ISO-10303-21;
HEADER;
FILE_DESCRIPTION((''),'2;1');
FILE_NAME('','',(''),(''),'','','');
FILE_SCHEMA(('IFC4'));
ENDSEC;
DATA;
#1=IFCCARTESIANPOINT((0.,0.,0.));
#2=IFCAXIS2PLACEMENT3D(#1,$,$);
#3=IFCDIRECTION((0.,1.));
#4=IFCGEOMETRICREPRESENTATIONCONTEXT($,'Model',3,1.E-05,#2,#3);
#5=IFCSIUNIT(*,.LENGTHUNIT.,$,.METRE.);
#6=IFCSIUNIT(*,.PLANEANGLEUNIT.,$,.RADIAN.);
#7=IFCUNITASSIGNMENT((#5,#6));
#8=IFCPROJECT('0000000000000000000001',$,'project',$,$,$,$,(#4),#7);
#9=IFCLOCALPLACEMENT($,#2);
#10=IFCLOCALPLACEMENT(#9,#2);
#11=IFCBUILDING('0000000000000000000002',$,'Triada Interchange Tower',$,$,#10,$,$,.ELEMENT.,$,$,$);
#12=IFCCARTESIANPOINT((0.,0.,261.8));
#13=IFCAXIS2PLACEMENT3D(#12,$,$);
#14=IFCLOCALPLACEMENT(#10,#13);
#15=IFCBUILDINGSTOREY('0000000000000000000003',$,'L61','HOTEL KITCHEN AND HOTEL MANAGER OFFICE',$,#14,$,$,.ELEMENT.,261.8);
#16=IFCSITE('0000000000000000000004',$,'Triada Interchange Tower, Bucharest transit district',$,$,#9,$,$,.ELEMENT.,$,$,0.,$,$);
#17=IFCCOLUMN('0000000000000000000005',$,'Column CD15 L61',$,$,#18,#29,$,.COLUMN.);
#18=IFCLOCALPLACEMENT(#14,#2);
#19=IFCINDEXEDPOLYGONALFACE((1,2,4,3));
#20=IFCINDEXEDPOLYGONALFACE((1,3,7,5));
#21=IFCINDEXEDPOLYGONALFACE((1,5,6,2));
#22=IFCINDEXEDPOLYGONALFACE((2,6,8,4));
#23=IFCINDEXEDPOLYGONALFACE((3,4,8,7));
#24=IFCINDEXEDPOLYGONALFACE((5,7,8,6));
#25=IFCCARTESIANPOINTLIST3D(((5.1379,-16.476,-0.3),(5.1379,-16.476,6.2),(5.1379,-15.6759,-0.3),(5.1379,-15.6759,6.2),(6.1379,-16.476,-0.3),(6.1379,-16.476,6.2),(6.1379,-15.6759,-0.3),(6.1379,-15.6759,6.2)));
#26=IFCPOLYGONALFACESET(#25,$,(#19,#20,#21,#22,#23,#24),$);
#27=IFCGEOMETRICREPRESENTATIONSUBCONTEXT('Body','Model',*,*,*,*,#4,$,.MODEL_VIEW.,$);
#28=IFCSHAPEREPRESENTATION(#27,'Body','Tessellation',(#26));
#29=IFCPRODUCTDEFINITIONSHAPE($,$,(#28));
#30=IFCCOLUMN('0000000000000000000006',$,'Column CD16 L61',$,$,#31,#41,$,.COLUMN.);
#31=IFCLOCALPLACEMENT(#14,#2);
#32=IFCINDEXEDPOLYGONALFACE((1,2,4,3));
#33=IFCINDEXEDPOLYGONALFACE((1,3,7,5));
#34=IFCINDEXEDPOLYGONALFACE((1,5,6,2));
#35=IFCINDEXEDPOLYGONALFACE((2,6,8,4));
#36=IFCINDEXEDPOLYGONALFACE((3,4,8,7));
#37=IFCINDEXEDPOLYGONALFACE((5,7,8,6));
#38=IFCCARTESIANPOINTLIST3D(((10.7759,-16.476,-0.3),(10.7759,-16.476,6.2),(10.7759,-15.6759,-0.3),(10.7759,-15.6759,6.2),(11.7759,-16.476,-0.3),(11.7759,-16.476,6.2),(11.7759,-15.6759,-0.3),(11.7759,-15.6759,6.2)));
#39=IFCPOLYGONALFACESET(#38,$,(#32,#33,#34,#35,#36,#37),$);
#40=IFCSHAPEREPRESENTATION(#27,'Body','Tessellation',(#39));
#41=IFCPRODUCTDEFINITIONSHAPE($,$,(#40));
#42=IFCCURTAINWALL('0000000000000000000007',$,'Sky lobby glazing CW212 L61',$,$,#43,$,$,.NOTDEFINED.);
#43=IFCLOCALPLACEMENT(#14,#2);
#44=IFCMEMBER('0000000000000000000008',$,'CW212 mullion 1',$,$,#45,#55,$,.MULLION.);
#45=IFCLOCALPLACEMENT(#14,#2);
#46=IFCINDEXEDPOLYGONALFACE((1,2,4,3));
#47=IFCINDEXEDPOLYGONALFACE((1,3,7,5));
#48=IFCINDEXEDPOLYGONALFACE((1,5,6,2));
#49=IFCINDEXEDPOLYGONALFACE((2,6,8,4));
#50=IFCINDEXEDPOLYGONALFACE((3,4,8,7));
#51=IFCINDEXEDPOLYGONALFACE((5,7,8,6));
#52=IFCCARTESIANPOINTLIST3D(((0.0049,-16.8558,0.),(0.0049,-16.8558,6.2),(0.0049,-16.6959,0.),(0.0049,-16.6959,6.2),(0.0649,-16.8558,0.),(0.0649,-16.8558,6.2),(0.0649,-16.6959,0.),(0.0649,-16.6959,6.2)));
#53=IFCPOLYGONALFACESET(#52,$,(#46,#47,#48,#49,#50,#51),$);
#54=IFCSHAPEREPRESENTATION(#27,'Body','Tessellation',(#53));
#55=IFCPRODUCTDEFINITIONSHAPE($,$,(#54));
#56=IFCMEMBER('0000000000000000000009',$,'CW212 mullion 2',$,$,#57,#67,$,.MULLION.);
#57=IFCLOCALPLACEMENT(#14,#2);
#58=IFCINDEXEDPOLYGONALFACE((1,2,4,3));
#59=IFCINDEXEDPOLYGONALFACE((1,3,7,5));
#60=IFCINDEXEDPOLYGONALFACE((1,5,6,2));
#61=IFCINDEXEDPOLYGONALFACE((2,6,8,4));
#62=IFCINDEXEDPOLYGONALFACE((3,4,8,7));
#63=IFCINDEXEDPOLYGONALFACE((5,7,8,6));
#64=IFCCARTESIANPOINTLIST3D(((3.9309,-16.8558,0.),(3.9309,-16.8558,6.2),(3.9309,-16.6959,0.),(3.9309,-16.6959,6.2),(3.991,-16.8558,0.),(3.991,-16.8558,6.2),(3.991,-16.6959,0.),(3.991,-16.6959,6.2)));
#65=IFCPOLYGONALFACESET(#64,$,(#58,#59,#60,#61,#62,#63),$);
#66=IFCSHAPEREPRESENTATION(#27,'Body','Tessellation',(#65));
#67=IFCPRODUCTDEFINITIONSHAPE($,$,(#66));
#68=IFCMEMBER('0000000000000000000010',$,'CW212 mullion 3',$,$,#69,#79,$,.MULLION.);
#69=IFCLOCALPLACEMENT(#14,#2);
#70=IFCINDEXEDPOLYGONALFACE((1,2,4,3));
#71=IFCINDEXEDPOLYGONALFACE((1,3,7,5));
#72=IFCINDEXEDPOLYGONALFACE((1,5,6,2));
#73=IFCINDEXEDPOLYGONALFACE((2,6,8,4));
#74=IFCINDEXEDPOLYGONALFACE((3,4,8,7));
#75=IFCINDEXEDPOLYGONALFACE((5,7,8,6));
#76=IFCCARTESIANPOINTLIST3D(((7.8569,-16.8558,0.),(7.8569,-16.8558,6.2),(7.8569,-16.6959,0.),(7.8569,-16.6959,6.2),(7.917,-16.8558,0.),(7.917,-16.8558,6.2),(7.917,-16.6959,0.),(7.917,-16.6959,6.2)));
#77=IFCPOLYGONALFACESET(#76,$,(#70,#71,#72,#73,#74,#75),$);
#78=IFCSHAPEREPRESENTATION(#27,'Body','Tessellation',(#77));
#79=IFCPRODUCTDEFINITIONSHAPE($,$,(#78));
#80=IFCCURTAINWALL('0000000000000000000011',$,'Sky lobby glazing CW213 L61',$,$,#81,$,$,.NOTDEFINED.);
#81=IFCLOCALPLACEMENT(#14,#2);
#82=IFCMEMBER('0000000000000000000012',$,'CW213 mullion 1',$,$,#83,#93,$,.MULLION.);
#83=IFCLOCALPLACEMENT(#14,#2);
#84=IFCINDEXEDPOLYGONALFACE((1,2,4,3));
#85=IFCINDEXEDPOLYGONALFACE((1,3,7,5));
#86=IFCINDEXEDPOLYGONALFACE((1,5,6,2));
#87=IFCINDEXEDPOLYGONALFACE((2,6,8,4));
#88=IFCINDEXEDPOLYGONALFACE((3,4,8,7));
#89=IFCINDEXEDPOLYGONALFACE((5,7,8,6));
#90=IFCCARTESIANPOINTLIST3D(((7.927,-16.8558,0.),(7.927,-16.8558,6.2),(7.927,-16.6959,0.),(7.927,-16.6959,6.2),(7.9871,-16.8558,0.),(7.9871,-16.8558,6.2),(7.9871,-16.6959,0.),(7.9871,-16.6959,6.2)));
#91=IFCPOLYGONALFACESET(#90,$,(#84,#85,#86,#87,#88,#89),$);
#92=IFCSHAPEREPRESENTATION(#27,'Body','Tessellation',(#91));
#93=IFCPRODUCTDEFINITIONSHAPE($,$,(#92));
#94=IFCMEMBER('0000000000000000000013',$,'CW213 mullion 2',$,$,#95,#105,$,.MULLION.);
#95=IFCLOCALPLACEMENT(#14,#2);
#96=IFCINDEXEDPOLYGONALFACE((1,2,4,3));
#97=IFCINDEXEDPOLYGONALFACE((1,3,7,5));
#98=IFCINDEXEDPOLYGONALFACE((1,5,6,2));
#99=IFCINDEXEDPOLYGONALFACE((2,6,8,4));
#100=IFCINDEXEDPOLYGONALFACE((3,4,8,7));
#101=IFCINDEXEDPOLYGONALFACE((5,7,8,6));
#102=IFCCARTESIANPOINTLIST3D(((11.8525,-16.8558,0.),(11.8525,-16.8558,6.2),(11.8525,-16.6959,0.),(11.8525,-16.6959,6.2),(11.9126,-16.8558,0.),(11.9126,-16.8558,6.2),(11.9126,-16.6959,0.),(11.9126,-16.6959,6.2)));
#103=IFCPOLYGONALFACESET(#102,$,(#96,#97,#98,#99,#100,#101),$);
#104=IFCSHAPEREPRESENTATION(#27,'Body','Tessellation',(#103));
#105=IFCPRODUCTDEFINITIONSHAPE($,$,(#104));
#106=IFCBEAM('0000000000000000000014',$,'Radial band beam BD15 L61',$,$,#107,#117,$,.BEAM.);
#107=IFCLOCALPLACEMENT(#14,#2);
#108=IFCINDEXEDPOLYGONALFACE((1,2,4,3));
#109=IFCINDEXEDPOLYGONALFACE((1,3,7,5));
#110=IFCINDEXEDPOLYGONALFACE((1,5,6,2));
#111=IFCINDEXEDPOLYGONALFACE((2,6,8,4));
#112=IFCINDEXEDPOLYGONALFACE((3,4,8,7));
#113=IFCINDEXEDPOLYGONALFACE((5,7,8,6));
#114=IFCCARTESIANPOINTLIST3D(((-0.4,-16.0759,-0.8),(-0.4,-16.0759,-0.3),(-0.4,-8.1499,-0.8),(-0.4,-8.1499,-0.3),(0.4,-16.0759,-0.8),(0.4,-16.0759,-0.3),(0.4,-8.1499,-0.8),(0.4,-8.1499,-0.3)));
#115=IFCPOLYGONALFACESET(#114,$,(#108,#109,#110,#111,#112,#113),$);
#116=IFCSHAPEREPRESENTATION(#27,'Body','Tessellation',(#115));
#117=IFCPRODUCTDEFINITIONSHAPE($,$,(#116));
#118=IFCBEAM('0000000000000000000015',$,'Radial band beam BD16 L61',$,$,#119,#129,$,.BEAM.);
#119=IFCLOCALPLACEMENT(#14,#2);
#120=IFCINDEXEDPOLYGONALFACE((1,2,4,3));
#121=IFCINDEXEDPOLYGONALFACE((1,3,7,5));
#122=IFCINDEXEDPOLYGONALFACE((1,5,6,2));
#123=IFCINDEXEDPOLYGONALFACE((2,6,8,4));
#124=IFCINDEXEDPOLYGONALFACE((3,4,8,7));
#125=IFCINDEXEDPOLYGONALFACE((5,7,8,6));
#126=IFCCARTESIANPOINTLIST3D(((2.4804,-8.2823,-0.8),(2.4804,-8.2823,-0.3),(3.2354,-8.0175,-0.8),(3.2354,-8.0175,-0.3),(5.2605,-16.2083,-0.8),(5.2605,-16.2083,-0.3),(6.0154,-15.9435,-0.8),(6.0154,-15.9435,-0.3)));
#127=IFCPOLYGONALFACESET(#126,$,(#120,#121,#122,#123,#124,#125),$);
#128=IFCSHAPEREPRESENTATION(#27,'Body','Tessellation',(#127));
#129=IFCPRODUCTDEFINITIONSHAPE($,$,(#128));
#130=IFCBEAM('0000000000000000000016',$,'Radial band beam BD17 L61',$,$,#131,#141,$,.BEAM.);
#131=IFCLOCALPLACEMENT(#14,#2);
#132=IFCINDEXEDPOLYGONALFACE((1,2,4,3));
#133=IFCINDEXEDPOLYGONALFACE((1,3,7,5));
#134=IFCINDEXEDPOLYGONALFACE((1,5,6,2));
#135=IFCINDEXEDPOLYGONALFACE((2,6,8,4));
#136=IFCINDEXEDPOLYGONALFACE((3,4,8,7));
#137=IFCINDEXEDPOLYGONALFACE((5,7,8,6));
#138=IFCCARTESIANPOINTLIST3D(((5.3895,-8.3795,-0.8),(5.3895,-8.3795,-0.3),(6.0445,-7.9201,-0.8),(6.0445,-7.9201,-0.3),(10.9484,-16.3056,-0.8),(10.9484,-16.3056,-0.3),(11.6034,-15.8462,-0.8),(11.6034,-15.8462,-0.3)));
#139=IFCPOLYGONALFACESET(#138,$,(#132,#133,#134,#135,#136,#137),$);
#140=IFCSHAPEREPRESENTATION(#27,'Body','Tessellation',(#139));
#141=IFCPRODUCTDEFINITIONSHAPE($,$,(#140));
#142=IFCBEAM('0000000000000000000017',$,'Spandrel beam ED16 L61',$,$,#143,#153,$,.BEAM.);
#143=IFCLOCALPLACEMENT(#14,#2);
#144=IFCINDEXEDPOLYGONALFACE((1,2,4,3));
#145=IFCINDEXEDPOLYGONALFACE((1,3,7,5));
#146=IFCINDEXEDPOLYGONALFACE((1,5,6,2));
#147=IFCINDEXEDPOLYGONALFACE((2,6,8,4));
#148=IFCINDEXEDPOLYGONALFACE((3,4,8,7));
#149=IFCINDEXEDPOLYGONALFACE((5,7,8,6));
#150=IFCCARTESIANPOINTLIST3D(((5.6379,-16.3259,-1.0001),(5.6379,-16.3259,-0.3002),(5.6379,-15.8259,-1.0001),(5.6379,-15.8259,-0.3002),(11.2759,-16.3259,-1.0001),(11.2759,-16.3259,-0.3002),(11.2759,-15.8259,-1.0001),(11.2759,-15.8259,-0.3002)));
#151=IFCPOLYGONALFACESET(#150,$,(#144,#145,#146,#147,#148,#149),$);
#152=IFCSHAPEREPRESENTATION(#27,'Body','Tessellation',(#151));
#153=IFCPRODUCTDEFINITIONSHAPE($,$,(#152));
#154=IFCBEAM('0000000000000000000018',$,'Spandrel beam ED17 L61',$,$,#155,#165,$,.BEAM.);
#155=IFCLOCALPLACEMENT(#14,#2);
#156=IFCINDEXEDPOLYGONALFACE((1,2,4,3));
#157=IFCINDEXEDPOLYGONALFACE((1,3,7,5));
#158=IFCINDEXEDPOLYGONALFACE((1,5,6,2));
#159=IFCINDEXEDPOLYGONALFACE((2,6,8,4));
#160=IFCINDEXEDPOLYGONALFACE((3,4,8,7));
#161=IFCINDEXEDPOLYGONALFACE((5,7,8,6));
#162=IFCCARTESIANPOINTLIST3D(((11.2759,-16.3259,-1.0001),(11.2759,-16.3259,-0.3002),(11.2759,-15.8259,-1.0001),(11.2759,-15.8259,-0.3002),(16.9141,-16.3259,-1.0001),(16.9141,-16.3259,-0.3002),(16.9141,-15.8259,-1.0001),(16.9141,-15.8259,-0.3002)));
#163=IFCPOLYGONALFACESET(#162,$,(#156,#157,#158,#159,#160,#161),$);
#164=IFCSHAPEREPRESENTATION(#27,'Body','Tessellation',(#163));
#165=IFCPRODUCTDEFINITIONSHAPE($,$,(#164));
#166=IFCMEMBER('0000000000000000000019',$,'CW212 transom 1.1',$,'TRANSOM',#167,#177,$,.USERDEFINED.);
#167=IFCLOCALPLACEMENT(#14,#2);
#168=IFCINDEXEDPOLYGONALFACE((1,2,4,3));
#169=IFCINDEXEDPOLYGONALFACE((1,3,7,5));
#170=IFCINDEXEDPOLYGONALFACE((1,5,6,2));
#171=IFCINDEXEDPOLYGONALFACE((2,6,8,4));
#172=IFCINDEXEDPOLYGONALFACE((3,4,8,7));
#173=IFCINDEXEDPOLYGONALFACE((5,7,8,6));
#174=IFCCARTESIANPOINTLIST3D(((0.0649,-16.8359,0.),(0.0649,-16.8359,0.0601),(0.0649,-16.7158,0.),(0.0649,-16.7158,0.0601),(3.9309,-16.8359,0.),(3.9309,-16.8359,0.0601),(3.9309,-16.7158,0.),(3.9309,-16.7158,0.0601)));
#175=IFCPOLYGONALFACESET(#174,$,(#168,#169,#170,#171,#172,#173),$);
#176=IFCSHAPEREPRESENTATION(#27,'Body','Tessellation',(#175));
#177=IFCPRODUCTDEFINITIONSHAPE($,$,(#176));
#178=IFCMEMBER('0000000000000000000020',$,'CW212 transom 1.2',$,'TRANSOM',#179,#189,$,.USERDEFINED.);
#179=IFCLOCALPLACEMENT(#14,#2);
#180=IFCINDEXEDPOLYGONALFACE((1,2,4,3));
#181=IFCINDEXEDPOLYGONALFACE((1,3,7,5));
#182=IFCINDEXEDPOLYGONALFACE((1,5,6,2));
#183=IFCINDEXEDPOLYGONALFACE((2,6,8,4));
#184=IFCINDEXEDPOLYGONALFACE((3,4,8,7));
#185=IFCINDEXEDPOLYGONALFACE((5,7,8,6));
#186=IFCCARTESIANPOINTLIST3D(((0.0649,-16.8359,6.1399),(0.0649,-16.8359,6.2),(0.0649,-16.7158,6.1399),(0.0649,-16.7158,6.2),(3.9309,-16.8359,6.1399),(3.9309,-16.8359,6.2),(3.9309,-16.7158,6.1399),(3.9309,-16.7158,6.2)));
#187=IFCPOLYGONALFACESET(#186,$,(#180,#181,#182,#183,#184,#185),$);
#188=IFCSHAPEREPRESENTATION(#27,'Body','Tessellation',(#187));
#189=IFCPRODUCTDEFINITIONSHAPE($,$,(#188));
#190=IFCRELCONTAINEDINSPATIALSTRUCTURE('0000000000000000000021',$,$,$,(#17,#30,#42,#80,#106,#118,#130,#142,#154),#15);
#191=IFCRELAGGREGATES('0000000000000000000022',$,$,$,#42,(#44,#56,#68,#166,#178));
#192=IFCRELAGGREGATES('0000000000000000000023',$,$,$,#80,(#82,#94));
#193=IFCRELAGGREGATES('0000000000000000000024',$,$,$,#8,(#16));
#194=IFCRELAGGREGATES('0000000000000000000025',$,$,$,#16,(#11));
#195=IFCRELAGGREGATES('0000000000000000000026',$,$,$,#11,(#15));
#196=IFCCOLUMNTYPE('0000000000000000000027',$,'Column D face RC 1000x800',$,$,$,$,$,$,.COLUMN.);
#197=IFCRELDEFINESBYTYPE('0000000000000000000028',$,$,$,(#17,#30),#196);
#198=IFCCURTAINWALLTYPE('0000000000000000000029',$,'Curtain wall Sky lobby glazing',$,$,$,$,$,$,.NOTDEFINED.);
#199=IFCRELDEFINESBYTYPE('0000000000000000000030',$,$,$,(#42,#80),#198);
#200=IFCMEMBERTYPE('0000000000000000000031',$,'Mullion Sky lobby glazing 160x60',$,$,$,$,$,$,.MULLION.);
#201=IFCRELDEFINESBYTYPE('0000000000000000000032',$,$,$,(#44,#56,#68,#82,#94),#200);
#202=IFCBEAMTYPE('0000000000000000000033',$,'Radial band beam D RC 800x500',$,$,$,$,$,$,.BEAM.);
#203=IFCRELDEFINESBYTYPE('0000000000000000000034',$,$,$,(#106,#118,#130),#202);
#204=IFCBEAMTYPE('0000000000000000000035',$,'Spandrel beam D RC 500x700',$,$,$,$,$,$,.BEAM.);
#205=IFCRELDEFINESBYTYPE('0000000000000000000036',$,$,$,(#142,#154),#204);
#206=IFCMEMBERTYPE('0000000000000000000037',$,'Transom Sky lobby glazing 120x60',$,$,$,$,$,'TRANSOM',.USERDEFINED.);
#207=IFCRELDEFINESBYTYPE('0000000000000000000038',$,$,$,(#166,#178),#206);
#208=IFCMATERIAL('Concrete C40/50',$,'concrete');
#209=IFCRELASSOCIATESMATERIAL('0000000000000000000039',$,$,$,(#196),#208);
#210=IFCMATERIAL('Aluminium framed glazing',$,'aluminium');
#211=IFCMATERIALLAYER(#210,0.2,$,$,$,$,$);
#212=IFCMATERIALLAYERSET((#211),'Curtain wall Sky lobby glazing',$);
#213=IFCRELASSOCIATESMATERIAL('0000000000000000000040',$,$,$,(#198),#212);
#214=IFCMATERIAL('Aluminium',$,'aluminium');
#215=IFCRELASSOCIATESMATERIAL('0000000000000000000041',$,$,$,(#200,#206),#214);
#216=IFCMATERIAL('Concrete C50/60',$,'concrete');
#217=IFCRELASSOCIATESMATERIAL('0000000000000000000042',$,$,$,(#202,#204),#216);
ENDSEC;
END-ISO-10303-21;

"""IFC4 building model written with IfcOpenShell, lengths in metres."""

from ifc_helpers import new_model, si_unit, direction, frame, origin, origin_2d, place, context, subcontext, project, spatial, rectangle, extrude, material, layer, layer_set, material_profile, profile_set, type_object, element, aggregate, save


model = new_model("IFC4")

# Units and contexts
model_context = context("Model", 3, precision=1e-05, world=origin(), true_north=direction((0.0, 1.0)))
body_context = subcontext(model_context, "Body", "Model", "MODEL_VIEW")
ifc_project = project(units=[si_unit("LENGTHUNIT", "METRE"), si_unit("PLANEANGLEUNIT", "RADIAN")], contexts=[model_context])

# Site, building, storey
site_placement = place(None, origin())
site = spatial("IfcSite", under=ifc_project, at=site_placement, Name="Triada Interchange Tower, Bucharest transit district", CompositionType="ELEMENT", RefElevation=0.0)
building_placement = place(site_placement, origin())
building = spatial("IfcBuilding", under=site, at=building_placement, Name="Triada Interchange Tower", CompositionType="ELEMENT")
storey_placement = place(building_placement, frame((0.0, 0.0, 261.8)))
storey = spatial("IfcBuildingStorey", under=building, at=storey_placement, Name="L61", Description="HOTEL KITCHEN AND HOTEL MANAGER OFFICE", CompositionType="ELEMENT", Elevation=261.8)

# Columns
ifc_material_1 = material(Name="Concrete C40/50", Category="concrete")
ifc_material_profile_1 = material_profile(ifc_material_1, rectangle(XDim=1.0, YDim=0.8, at=origin_2d()), Name="RC 1000x800")
ifc_profile_set_1 = profile_set([ifc_material_profile_1], Name="Concrete C40/50")
column_type = type_object("IfcColumnType", Name="Column D face RC 1000x800", PredefinedType="COLUMN", material=ifc_profile_set_1)
for number, where, z_axis, x_axis, name in (
    (1, (5.6379, -16.0759, -0.3), (0.0, 0.0, 1.0), (1.0, 0.0, 0.0), "Column CD15 L61"),
    (2, (11.2759, -16.0759, -0.3), (0.0, 0.0, 1.0), (1.0, 0.0, 0.0), "Column CD16 L61"),
):
    element("IfcColumn", number, at=place(storey_placement, frame(where, z_axis=z_axis, x_axis=x_axis)), inside=storey, type_object=column_type, Name=name, PredefinedType="COLUMN", context=body_context, shape_type="SweptSolid", body=[
        extrude(rectangle(XDim=1.0, YDim=0.8, at=origin_2d()), origin(), (0.0, 0.0, 1.0), 6.5),
    ])

# Curtain walls, members
ifc_material_2 = material(Name="Aluminium framed glazing", Category="aluminium")
ifc_layer_1 = layer(ifc_material_2, 0.2)
ifc_layer_set_1 = layer_set([ifc_layer_1], Name="Curtain wall Sky lobby glazing")
curtain_wall_type = type_object("IfcCurtainWallType", Name="Curtain wall Sky lobby glazing", PredefinedType="NOTDEFINED", material=ifc_layer_set_1)
curtain_wall_1_placement = place(storey_placement, origin())
curtain_wall_1 = element("IfcCurtainWall", 3, at=curtain_wall_1_placement, inside=storey, type_object=curtain_wall_type, Name="Sky lobby glazing CW212 L61", PredefinedType="NOTDEFINED")
ifc_material_3 = material(Name="Aluminium", Category="aluminium")
ifc_material_profile_2 = material_profile(ifc_material_3, rectangle(XDim=0.1599, YDim=0.0601, at=origin_2d()), Name="Aluminium mullion")
ifc_profile_set_2 = profile_set([ifc_material_profile_2], Name="Aluminium")
member_type_1 = type_object("IfcMemberType", Name="Mullion Sky lobby glazing 160x60", PredefinedType="MULLION", material=ifc_profile_set_2)
member_1_placement = place(storey_placement, frame((0.0349, -16.7759, 0.0), z_axis=(0.0, 0.0, 1.0), x_axis=(0.0, 1.0, 0.0)))
member_1 = element("IfcMember", 4, at=member_1_placement, type_object=member_type_1, Name="CW212 mullion 1", PredefinedType="MULLION", context=body_context, shape_type="SweptSolid", body=[
    extrude(rectangle(XDim=0.1599, YDim=0.0601, at=origin_2d()), origin(), (0.0, 0.0, 1.0), 6.2),
])
member_2_placement = place(storey_placement, frame((3.9609, -16.7759, 0.0), z_axis=(0.0, 0.0, 1.0), x_axis=(0.0, 1.0, 0.0)))
member_2 = element("IfcMember", 5, at=member_2_placement, type_object=member_type_1, Name="CW212 mullion 2", PredefinedType="MULLION", context=body_context, shape_type="SweptSolid", body=[
    extrude(rectangle(XDim=0.1599, YDim=0.0601, at=origin_2d()), origin(), (0.0, 0.0, 1.0), 6.2),
])
member_3_placement = place(storey_placement, frame((7.887, -16.7759, 0.0), z_axis=(0.0, 0.0, 1.0), x_axis=(0.0, 1.0, 0.0)))
member_3 = element("IfcMember", 6, at=member_3_placement, type_object=member_type_1, Name="CW212 mullion 3", PredefinedType="MULLION", context=body_context, shape_type="SweptSolid", body=[
    extrude(rectangle(XDim=0.1599, YDim=0.0601, at=origin_2d()), origin(), (0.0, 0.0, 1.0), 6.2),
])
curtain_wall_2_placement = place(storey_placement, origin())
curtain_wall_2 = element("IfcCurtainWall", 7, at=curtain_wall_2_placement, inside=storey, type_object=curtain_wall_type, Name="Sky lobby glazing CW213 L61", PredefinedType="NOTDEFINED")
member_4_placement = place(storey_placement, frame((7.957, -16.7759, 0.0), z_axis=(0.0, 0.0, 1.0), x_axis=(0.0, 1.0, 0.0)))
member_4 = element("IfcMember", 8, at=member_4_placement, type_object=member_type_1, Name="CW213 mullion 1", PredefinedType="MULLION", context=body_context, shape_type="SweptSolid", body=[
    extrude(rectangle(XDim=0.1599, YDim=0.0601, at=origin_2d()), origin(), (0.0, 0.0, 1.0), 6.2),
])
member_5_placement = place(storey_placement, frame((11.8826, -16.7759, 0.0), z_axis=(0.0, 0.0, 1.0), x_axis=(0.0, 1.0, 0.0)))
member_5 = element("IfcMember", 9, at=member_5_placement, type_object=member_type_1, Name="CW213 mullion 2", PredefinedType="MULLION", context=body_context, shape_type="SweptSolid", body=[
    extrude(rectangle(XDim=0.1599, YDim=0.0601, at=origin_2d()), origin(), (0.0, 0.0, 1.0), 6.2),
])

# Beams
ifc_material_4 = material(Name="Concrete C50/60", Category="concrete")
ifc_material_profile_3 = material_profile(ifc_material_4, rectangle(XDim=0.8, YDim=0.5, at=origin_2d()), Name="RC 800x500")
ifc_profile_set_3 = profile_set([ifc_material_profile_3], Name="Concrete C50/60")
beam_type_1 = type_object("IfcBeamType", Name="Radial band beam D RC 800x500", PredefinedType="BEAM", material=ifc_profile_set_3)
beam_1_placement = place(storey_placement, frame((0.0, -16.0759, -0.55), z_axis=(0.0, 1.0, 0.0), x_axis=(-1.0, 0.0, 0.0)))
element("IfcBeam", 10, at=beam_1_placement, inside=storey, type_object=beam_type_1, Name="Radial band beam BD15 L61", PredefinedType="BEAM", context=body_context, shape_type="SweptSolid", body=[
    extrude(rectangle(XDim=0.8, YDim=0.5, at=origin_2d()), origin(), (0.0, 0.0, 1.0), 7.926),
])
beam_2_placement = place(storey_placement, frame((5.6379, -16.0759, -0.55), z_axis=(-0.330978, 0.943638, 0.0), x_axis=(-0.943638, -0.330978, 0.0)))
element("IfcBeam", 11, at=beam_2_placement, inside=storey, type_object=beam_type_1, Name="Radial band beam BD16 L61", PredefinedType="BEAM", context=body_context, shape_type="SweptSolid", body=[
    extrude(rectangle(XDim=0.8, YDim=0.5, at=origin_2d()), origin(), (0.0, 0.0, 1.0), 8.3994),
])
beam_3_placement = place(storey_placement, frame((11.2759, -16.0759, -0.55), z_axis=(-0.574198, 0.818716, 0.0), x_axis=(-0.818716, -0.574198, 0.0)))
element("IfcBeam", 12, at=beam_3_placement, inside=storey, type_object=beam_type_1, Name="Radial band beam BD17 L61", PredefinedType="BEAM", context=body_context, shape_type="SweptSolid", body=[
    extrude(rectangle(XDim=0.8, YDim=0.5, at=origin_2d()), origin(), (0.0, 0.0, 1.0), 9.6812),
])
ifc_material_profile_4 = material_profile(ifc_material_4, rectangle(XDim=0.5, YDim=0.7, at=origin_2d()), Name="RC 500x700")
ifc_profile_set_4 = profile_set([ifc_material_profile_4], Name="Concrete C50/60")
beam_type_2 = type_object("IfcBeamType", Name="Spandrel beam D RC 500x700", PredefinedType="BEAM", material=ifc_profile_set_4)
beam_4_placement = place(storey_placement, frame((5.6379, -16.0759, -0.6501), z_axis=(1.0, 0.0, 0.0), x_axis=(0.0, 1.0, 0.0)))
element("IfcBeam", 13, at=beam_4_placement, inside=storey, type_object=beam_type_2, Name="Spandrel beam ED16 L61", PredefinedType="BEAM", context=body_context, shape_type="SweptSolid", body=[
    extrude(rectangle(XDim=0.5, YDim=0.7, at=origin_2d()), origin(), (0.0, 0.0, 1.0), 5.6379),
])
beam_5_placement = place(storey_placement, frame((11.2759, -16.0759, -0.6501), z_axis=(1.0, 0.0, 0.0), x_axis=(0.0, 1.0, 0.0)))
element("IfcBeam", 14, at=beam_5_placement, inside=storey, type_object=beam_type_2, Name="Spandrel beam ED17 L61", PredefinedType="BEAM", context=body_context, shape_type="SweptSolid", body=[
    extrude(rectangle(XDim=0.5, YDim=0.7, at=origin_2d()), origin(), (0.0, 0.0, 1.0), 5.6382),
])

# Members
ifc_material_profile_5 = material_profile(ifc_material_3, rectangle(XDim=0.1201, YDim=0.0601, at=origin_2d()), Name="Aluminium transom")
ifc_profile_set_5 = profile_set([ifc_material_profile_5], Name="Aluminium")
member_type_2 = type_object("IfcMemberType", Name="Transom Sky lobby glazing 120x60", ElementType="TRANSOM", PredefinedType="USERDEFINED", material=ifc_profile_set_5)
member_6_placement = place(storey_placement, frame((0.0649, -16.7759, 0.03), z_axis=(1.0, 0.0, 0.0), x_axis=(0.0, 1.0, 0.0)))
member_6 = element("IfcMember", 15, at=member_6_placement, type_object=member_type_2, Name="CW212 transom 1.1", ObjectType="TRANSOM", PredefinedType="USERDEFINED", context=body_context, shape_type="SweptSolid", body=[
    extrude(rectangle(XDim=0.1201, YDim=0.0601, at=origin_2d()), origin(), (0.0, 0.0, 1.0), 3.866),
])
member_7_placement = place(storey_placement, frame((0.0649, -16.7759, 6.1699), z_axis=(1.0, 0.0, 0.0), x_axis=(0.0, 1.0, 0.0)))
member_7 = element("IfcMember", 16, at=member_7_placement, type_object=member_type_2, Name="CW212 transom 1.2", ObjectType="TRANSOM", PredefinedType="USERDEFINED", context=body_context, shape_type="SweptSolid", body=[
    extrude(rectangle(XDim=0.1201, YDim=0.0601, at=origin_2d()), origin(), (0.0, 0.0, 1.0), 3.866),
])

aggregate(curtain_wall_1, [member_1, member_2, member_3, member_6, member_7])
aggregate(curtain_wall_2, [member_4, member_5])

save(model, "model.ifc")
